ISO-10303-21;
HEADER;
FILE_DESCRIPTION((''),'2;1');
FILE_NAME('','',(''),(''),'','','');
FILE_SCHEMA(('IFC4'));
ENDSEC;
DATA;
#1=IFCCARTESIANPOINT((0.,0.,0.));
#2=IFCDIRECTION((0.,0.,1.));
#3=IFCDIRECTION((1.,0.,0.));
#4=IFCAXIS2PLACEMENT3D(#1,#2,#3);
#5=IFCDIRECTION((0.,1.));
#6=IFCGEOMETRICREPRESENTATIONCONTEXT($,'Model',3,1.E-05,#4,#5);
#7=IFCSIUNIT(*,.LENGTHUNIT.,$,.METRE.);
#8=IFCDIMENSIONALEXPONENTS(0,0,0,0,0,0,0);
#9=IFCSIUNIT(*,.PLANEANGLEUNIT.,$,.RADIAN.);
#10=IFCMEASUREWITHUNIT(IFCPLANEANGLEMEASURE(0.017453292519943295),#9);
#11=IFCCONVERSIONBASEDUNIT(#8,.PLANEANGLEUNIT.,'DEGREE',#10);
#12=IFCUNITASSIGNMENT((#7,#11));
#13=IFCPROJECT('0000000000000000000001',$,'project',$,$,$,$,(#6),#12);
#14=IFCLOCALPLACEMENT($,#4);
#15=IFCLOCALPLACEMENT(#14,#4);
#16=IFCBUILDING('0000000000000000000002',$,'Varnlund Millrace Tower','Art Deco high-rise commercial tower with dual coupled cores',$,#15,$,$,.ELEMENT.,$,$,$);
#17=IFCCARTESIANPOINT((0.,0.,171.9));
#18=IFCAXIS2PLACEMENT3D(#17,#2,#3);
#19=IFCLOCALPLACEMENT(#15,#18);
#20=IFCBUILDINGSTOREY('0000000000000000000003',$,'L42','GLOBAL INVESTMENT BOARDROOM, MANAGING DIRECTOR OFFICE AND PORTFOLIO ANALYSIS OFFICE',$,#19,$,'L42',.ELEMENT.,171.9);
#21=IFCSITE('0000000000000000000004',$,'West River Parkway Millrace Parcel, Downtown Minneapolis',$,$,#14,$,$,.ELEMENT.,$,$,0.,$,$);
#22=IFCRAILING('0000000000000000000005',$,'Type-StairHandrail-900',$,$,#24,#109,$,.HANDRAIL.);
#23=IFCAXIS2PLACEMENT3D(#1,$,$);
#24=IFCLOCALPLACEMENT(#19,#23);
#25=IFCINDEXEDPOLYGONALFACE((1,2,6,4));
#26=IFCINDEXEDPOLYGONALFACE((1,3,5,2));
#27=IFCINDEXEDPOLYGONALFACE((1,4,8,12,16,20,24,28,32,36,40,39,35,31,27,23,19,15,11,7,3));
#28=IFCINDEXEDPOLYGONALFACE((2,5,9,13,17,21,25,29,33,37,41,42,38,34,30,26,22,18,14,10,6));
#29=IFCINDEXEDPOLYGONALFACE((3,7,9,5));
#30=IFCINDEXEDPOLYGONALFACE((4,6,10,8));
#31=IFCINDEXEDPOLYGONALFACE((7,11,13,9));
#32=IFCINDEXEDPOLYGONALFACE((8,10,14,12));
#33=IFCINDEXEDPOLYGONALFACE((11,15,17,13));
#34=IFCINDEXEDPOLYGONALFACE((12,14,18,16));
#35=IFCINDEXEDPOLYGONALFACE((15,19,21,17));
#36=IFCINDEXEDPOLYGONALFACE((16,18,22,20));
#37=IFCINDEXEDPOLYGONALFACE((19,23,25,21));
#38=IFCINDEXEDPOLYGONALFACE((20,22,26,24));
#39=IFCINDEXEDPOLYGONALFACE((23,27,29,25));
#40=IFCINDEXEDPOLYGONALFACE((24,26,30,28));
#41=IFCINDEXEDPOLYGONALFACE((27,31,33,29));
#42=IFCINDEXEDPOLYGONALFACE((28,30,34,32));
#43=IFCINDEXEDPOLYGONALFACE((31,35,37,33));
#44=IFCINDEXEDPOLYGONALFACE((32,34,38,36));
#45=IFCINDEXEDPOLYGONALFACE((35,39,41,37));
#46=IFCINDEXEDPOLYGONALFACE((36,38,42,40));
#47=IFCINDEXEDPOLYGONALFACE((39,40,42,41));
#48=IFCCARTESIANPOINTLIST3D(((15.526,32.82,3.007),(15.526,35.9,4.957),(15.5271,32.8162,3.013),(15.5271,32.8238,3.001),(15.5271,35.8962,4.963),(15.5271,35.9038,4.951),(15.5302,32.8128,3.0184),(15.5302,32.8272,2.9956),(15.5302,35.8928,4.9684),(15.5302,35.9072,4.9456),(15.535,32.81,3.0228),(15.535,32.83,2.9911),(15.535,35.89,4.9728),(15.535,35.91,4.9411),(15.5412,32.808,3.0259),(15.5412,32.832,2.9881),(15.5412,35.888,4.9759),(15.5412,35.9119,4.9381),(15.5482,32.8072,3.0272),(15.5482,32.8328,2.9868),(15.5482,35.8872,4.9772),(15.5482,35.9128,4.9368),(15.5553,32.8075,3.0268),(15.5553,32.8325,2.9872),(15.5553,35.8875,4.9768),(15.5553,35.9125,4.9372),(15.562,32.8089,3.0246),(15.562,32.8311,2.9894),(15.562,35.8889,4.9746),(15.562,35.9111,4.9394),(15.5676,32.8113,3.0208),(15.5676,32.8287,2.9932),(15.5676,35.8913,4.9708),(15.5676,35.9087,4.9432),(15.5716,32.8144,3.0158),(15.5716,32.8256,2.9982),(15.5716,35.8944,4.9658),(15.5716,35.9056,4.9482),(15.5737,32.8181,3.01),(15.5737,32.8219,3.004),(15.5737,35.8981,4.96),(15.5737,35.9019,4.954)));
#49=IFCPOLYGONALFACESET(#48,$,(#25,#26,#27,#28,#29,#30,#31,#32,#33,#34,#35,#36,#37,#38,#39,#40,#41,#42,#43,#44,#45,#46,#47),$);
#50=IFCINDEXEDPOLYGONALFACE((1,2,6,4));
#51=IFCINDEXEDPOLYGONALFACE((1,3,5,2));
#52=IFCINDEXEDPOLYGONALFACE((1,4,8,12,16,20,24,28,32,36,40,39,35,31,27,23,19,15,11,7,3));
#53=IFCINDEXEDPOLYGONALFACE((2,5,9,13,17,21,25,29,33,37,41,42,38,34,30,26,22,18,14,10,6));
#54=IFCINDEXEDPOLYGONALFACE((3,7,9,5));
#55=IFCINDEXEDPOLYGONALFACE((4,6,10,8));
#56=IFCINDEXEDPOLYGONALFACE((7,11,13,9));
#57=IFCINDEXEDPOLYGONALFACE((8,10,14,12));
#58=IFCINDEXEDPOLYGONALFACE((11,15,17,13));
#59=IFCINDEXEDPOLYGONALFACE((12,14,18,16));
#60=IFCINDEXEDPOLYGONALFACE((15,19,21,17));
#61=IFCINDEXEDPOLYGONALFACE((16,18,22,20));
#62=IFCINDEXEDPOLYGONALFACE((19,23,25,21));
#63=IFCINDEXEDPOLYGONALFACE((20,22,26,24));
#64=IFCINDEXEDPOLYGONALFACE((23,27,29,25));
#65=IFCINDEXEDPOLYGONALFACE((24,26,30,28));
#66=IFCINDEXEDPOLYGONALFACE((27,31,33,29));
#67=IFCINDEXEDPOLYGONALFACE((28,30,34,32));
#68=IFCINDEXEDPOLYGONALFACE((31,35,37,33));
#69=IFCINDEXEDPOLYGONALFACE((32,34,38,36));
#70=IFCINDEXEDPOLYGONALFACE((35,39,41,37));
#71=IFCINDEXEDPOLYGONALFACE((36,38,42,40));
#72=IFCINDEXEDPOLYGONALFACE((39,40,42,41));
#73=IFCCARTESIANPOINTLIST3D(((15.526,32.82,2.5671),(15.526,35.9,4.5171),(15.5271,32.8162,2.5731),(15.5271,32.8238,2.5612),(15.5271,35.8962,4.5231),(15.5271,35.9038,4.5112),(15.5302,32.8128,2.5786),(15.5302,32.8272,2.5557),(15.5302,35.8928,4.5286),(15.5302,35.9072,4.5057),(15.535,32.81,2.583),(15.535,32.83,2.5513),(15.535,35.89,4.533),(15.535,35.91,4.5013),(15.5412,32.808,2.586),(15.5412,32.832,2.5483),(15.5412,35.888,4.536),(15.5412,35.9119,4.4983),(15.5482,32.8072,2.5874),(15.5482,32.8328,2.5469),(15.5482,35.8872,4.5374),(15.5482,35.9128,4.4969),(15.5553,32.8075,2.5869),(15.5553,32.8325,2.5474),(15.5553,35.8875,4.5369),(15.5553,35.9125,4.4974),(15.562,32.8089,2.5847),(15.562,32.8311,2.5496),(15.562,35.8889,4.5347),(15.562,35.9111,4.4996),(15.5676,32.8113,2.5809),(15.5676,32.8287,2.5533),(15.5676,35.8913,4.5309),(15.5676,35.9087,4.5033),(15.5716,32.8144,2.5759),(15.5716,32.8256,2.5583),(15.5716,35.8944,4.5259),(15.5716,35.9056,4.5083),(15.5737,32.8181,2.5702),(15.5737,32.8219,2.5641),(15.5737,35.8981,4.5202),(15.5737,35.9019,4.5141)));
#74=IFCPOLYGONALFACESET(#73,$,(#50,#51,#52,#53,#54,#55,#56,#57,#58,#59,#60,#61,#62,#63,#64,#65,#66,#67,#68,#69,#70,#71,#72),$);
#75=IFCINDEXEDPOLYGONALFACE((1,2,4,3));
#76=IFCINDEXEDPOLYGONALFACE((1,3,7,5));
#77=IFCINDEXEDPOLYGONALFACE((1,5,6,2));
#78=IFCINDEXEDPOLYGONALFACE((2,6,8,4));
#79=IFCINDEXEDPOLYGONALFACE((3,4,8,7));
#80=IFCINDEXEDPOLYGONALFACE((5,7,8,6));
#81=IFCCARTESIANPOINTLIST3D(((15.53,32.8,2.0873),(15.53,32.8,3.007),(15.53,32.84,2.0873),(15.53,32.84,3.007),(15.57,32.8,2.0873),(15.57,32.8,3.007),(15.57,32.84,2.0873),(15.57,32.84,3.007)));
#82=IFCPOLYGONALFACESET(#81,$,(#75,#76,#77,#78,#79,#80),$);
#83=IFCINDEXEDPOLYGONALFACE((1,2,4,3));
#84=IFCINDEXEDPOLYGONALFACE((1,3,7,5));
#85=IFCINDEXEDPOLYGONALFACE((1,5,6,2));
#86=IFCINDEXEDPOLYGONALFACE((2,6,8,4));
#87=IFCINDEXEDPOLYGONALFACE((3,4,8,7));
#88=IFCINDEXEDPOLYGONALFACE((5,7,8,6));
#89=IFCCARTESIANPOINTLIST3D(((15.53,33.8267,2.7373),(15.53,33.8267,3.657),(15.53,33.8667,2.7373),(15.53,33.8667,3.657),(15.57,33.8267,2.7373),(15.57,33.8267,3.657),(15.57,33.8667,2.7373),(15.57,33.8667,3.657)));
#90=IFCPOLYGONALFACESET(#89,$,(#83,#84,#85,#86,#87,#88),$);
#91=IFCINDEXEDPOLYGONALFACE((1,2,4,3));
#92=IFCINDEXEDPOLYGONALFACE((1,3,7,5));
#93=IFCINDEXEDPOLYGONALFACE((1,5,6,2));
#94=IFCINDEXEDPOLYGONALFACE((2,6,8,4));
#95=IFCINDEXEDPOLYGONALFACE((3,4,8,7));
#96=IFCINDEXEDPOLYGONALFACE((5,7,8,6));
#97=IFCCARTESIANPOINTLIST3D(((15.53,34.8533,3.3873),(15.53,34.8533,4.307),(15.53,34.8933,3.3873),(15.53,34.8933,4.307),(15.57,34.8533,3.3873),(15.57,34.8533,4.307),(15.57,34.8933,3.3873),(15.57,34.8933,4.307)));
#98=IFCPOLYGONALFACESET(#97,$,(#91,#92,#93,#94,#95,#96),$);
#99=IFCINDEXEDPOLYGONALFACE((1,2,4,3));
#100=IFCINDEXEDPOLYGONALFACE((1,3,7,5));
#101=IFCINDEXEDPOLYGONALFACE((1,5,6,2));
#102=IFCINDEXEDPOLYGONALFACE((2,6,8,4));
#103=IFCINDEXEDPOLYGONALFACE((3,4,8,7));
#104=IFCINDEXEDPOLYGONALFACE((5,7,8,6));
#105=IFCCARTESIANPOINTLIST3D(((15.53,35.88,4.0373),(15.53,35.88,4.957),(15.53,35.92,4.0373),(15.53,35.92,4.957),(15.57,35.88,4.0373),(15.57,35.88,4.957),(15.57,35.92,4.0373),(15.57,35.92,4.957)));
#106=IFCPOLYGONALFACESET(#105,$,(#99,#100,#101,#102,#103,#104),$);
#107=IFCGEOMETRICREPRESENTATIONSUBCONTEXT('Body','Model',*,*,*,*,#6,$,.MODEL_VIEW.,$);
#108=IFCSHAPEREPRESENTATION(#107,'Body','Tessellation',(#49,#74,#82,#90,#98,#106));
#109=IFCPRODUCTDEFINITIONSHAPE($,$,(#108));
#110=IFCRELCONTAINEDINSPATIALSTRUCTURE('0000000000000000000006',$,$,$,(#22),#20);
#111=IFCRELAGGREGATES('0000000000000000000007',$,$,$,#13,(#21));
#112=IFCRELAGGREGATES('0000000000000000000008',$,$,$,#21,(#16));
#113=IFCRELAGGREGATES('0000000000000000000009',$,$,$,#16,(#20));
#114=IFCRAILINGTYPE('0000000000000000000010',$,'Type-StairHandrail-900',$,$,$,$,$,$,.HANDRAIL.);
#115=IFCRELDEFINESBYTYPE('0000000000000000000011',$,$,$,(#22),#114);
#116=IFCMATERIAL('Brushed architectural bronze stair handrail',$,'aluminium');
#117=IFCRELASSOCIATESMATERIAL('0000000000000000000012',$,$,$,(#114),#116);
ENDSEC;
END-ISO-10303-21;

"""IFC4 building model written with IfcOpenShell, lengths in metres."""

from ifc_helpers import new_model, entity, si_unit, converted_unit, direction, frame, origin_with_axes, origin_2d_with_axis, place, context, subcontext, project, spatial, rectangle, circle, extrude, material, type_object, element, save


model = new_model("IFC4")

# Units and contexts
model_context = context("Model", 3, precision=1e-05, world=origin_with_axes(), true_north=direction((0.0, 1.0)))
body_context = subcontext(model_context, "Body", "Model", "MODEL_VIEW")
ifc_project = project(units=[si_unit("LENGTHUNIT", "METRE"), converted_unit("PLANEANGLEUNIT", "DEGREE", entity("IfcPlaneAngleMeasure", 0.017453292519943295), si_unit("PLANEANGLEUNIT", "RADIAN"), dimensions=[0, 0, 0, 0, 0, 0, 0])], contexts=[model_context])

# Site, building, storey
site_placement = place(None, origin_with_axes())
site = spatial("IfcSite", under=ifc_project, at=site_placement, Name="West River Parkway Millrace Parcel, Downtown Minneapolis", CompositionType="ELEMENT", RefElevation=0.0)
building_placement = place(site_placement, origin_with_axes())
building = spatial("IfcBuilding", under=site, at=building_placement, Name="Varnlund Millrace Tower", Description="Art Deco high-rise commercial tower with dual coupled cores", CompositionType="ELEMENT")
storey_placement = place(building_placement, frame((0.0, 0.0, 171.9), z_axis=(0.0, 0.0, 1.0), x_axis=(1.0, 0.0, 0.0)))
storey = spatial("IfcBuildingStorey", under=building, at=storey_placement, Name="L42", Description="GLOBAL INVESTMENT BOARDROOM, MANAGING DIRECTOR OFFICE AND PORTFOLIO ANALYSIS OFFICE", LongName="L42", CompositionType="ELEMENT", Elevation=171.9)

# Railing
ifc_material_1 = material(Name="Brushed architectural bronze stair handrail", Category="aluminium")
railing_type_1 = type_object("IfcRailingType", Name="Type-StairHandrail-900", PredefinedType="HANDRAIL", material=ifc_material_1)
railing_1_placement = place(storey_placement, frame((0.0, 0.0, -171.9), z_axis=(0.0, 0.0, 1.0), x_axis=(1.0, 0.0, 0.0)))
element("IfcRailing", 1, at=railing_1_placement, inside=storey, type_object=railing_type_1, Name="Type-StairHandrail-900", PredefinedType="HANDRAIL", context=body_context, shape_type="SweptSolid", body=[
    extrude(circle(Radius=0.024, at=origin_2d_with_axis()), frame((15.55, 32.82, 174.907), z_axis=(0.0, 0.844902, 0.534922), x_axis=(-1.0, 0.0, 0.0)), (0.0, 0.0, 1.0), 3.6454),
    extrude(circle(Radius=0.024, at=origin_2d_with_axis()), frame((15.55, 32.82, 174.4671), z_axis=(0.0, 0.844902, 0.534922), x_axis=(-1.0, 0.0, 0.0)), (0.0, 0.0, 1.0), 3.6454),
    extrude(rectangle(XDim=0.04, YDim=0.04, at=origin_2d_with_axis()), frame((15.55, 32.82, 173.9873), z_axis=(0.0, 0.0, 1.0), x_axis=(1.0, 0.0, 0.0)), (0.0, 0.0, 1.0), 0.9197),
    extrude(rectangle(XDim=0.04, YDim=0.04, at=origin_2d_with_axis()), frame((15.55, 33.8467, 174.6373), z_axis=(0.0, 0.0, 1.0), x_axis=(1.0, 0.0, 0.0)), (0.0, 0.0, 1.0), 0.9197),
    extrude(rectangle(XDim=0.04, YDim=0.04, at=origin_2d_with_axis()), frame((15.55, 34.8733, 175.2873), z_axis=(0.0, 0.0, 1.0), x_axis=(1.0, 0.0, 0.0)), (0.0, 0.0, 1.0), 0.9197),
    extrude(rectangle(XDim=0.04, YDim=0.04, at=origin_2d_with_axis()), frame((15.55, 35.9, 175.9373), z_axis=(0.0, 0.0, 1.0), x_axis=(1.0, 0.0, 0.0)), (0.0, 0.0, 1.0), 0.9197),
])

save(model, "model.ifc")
